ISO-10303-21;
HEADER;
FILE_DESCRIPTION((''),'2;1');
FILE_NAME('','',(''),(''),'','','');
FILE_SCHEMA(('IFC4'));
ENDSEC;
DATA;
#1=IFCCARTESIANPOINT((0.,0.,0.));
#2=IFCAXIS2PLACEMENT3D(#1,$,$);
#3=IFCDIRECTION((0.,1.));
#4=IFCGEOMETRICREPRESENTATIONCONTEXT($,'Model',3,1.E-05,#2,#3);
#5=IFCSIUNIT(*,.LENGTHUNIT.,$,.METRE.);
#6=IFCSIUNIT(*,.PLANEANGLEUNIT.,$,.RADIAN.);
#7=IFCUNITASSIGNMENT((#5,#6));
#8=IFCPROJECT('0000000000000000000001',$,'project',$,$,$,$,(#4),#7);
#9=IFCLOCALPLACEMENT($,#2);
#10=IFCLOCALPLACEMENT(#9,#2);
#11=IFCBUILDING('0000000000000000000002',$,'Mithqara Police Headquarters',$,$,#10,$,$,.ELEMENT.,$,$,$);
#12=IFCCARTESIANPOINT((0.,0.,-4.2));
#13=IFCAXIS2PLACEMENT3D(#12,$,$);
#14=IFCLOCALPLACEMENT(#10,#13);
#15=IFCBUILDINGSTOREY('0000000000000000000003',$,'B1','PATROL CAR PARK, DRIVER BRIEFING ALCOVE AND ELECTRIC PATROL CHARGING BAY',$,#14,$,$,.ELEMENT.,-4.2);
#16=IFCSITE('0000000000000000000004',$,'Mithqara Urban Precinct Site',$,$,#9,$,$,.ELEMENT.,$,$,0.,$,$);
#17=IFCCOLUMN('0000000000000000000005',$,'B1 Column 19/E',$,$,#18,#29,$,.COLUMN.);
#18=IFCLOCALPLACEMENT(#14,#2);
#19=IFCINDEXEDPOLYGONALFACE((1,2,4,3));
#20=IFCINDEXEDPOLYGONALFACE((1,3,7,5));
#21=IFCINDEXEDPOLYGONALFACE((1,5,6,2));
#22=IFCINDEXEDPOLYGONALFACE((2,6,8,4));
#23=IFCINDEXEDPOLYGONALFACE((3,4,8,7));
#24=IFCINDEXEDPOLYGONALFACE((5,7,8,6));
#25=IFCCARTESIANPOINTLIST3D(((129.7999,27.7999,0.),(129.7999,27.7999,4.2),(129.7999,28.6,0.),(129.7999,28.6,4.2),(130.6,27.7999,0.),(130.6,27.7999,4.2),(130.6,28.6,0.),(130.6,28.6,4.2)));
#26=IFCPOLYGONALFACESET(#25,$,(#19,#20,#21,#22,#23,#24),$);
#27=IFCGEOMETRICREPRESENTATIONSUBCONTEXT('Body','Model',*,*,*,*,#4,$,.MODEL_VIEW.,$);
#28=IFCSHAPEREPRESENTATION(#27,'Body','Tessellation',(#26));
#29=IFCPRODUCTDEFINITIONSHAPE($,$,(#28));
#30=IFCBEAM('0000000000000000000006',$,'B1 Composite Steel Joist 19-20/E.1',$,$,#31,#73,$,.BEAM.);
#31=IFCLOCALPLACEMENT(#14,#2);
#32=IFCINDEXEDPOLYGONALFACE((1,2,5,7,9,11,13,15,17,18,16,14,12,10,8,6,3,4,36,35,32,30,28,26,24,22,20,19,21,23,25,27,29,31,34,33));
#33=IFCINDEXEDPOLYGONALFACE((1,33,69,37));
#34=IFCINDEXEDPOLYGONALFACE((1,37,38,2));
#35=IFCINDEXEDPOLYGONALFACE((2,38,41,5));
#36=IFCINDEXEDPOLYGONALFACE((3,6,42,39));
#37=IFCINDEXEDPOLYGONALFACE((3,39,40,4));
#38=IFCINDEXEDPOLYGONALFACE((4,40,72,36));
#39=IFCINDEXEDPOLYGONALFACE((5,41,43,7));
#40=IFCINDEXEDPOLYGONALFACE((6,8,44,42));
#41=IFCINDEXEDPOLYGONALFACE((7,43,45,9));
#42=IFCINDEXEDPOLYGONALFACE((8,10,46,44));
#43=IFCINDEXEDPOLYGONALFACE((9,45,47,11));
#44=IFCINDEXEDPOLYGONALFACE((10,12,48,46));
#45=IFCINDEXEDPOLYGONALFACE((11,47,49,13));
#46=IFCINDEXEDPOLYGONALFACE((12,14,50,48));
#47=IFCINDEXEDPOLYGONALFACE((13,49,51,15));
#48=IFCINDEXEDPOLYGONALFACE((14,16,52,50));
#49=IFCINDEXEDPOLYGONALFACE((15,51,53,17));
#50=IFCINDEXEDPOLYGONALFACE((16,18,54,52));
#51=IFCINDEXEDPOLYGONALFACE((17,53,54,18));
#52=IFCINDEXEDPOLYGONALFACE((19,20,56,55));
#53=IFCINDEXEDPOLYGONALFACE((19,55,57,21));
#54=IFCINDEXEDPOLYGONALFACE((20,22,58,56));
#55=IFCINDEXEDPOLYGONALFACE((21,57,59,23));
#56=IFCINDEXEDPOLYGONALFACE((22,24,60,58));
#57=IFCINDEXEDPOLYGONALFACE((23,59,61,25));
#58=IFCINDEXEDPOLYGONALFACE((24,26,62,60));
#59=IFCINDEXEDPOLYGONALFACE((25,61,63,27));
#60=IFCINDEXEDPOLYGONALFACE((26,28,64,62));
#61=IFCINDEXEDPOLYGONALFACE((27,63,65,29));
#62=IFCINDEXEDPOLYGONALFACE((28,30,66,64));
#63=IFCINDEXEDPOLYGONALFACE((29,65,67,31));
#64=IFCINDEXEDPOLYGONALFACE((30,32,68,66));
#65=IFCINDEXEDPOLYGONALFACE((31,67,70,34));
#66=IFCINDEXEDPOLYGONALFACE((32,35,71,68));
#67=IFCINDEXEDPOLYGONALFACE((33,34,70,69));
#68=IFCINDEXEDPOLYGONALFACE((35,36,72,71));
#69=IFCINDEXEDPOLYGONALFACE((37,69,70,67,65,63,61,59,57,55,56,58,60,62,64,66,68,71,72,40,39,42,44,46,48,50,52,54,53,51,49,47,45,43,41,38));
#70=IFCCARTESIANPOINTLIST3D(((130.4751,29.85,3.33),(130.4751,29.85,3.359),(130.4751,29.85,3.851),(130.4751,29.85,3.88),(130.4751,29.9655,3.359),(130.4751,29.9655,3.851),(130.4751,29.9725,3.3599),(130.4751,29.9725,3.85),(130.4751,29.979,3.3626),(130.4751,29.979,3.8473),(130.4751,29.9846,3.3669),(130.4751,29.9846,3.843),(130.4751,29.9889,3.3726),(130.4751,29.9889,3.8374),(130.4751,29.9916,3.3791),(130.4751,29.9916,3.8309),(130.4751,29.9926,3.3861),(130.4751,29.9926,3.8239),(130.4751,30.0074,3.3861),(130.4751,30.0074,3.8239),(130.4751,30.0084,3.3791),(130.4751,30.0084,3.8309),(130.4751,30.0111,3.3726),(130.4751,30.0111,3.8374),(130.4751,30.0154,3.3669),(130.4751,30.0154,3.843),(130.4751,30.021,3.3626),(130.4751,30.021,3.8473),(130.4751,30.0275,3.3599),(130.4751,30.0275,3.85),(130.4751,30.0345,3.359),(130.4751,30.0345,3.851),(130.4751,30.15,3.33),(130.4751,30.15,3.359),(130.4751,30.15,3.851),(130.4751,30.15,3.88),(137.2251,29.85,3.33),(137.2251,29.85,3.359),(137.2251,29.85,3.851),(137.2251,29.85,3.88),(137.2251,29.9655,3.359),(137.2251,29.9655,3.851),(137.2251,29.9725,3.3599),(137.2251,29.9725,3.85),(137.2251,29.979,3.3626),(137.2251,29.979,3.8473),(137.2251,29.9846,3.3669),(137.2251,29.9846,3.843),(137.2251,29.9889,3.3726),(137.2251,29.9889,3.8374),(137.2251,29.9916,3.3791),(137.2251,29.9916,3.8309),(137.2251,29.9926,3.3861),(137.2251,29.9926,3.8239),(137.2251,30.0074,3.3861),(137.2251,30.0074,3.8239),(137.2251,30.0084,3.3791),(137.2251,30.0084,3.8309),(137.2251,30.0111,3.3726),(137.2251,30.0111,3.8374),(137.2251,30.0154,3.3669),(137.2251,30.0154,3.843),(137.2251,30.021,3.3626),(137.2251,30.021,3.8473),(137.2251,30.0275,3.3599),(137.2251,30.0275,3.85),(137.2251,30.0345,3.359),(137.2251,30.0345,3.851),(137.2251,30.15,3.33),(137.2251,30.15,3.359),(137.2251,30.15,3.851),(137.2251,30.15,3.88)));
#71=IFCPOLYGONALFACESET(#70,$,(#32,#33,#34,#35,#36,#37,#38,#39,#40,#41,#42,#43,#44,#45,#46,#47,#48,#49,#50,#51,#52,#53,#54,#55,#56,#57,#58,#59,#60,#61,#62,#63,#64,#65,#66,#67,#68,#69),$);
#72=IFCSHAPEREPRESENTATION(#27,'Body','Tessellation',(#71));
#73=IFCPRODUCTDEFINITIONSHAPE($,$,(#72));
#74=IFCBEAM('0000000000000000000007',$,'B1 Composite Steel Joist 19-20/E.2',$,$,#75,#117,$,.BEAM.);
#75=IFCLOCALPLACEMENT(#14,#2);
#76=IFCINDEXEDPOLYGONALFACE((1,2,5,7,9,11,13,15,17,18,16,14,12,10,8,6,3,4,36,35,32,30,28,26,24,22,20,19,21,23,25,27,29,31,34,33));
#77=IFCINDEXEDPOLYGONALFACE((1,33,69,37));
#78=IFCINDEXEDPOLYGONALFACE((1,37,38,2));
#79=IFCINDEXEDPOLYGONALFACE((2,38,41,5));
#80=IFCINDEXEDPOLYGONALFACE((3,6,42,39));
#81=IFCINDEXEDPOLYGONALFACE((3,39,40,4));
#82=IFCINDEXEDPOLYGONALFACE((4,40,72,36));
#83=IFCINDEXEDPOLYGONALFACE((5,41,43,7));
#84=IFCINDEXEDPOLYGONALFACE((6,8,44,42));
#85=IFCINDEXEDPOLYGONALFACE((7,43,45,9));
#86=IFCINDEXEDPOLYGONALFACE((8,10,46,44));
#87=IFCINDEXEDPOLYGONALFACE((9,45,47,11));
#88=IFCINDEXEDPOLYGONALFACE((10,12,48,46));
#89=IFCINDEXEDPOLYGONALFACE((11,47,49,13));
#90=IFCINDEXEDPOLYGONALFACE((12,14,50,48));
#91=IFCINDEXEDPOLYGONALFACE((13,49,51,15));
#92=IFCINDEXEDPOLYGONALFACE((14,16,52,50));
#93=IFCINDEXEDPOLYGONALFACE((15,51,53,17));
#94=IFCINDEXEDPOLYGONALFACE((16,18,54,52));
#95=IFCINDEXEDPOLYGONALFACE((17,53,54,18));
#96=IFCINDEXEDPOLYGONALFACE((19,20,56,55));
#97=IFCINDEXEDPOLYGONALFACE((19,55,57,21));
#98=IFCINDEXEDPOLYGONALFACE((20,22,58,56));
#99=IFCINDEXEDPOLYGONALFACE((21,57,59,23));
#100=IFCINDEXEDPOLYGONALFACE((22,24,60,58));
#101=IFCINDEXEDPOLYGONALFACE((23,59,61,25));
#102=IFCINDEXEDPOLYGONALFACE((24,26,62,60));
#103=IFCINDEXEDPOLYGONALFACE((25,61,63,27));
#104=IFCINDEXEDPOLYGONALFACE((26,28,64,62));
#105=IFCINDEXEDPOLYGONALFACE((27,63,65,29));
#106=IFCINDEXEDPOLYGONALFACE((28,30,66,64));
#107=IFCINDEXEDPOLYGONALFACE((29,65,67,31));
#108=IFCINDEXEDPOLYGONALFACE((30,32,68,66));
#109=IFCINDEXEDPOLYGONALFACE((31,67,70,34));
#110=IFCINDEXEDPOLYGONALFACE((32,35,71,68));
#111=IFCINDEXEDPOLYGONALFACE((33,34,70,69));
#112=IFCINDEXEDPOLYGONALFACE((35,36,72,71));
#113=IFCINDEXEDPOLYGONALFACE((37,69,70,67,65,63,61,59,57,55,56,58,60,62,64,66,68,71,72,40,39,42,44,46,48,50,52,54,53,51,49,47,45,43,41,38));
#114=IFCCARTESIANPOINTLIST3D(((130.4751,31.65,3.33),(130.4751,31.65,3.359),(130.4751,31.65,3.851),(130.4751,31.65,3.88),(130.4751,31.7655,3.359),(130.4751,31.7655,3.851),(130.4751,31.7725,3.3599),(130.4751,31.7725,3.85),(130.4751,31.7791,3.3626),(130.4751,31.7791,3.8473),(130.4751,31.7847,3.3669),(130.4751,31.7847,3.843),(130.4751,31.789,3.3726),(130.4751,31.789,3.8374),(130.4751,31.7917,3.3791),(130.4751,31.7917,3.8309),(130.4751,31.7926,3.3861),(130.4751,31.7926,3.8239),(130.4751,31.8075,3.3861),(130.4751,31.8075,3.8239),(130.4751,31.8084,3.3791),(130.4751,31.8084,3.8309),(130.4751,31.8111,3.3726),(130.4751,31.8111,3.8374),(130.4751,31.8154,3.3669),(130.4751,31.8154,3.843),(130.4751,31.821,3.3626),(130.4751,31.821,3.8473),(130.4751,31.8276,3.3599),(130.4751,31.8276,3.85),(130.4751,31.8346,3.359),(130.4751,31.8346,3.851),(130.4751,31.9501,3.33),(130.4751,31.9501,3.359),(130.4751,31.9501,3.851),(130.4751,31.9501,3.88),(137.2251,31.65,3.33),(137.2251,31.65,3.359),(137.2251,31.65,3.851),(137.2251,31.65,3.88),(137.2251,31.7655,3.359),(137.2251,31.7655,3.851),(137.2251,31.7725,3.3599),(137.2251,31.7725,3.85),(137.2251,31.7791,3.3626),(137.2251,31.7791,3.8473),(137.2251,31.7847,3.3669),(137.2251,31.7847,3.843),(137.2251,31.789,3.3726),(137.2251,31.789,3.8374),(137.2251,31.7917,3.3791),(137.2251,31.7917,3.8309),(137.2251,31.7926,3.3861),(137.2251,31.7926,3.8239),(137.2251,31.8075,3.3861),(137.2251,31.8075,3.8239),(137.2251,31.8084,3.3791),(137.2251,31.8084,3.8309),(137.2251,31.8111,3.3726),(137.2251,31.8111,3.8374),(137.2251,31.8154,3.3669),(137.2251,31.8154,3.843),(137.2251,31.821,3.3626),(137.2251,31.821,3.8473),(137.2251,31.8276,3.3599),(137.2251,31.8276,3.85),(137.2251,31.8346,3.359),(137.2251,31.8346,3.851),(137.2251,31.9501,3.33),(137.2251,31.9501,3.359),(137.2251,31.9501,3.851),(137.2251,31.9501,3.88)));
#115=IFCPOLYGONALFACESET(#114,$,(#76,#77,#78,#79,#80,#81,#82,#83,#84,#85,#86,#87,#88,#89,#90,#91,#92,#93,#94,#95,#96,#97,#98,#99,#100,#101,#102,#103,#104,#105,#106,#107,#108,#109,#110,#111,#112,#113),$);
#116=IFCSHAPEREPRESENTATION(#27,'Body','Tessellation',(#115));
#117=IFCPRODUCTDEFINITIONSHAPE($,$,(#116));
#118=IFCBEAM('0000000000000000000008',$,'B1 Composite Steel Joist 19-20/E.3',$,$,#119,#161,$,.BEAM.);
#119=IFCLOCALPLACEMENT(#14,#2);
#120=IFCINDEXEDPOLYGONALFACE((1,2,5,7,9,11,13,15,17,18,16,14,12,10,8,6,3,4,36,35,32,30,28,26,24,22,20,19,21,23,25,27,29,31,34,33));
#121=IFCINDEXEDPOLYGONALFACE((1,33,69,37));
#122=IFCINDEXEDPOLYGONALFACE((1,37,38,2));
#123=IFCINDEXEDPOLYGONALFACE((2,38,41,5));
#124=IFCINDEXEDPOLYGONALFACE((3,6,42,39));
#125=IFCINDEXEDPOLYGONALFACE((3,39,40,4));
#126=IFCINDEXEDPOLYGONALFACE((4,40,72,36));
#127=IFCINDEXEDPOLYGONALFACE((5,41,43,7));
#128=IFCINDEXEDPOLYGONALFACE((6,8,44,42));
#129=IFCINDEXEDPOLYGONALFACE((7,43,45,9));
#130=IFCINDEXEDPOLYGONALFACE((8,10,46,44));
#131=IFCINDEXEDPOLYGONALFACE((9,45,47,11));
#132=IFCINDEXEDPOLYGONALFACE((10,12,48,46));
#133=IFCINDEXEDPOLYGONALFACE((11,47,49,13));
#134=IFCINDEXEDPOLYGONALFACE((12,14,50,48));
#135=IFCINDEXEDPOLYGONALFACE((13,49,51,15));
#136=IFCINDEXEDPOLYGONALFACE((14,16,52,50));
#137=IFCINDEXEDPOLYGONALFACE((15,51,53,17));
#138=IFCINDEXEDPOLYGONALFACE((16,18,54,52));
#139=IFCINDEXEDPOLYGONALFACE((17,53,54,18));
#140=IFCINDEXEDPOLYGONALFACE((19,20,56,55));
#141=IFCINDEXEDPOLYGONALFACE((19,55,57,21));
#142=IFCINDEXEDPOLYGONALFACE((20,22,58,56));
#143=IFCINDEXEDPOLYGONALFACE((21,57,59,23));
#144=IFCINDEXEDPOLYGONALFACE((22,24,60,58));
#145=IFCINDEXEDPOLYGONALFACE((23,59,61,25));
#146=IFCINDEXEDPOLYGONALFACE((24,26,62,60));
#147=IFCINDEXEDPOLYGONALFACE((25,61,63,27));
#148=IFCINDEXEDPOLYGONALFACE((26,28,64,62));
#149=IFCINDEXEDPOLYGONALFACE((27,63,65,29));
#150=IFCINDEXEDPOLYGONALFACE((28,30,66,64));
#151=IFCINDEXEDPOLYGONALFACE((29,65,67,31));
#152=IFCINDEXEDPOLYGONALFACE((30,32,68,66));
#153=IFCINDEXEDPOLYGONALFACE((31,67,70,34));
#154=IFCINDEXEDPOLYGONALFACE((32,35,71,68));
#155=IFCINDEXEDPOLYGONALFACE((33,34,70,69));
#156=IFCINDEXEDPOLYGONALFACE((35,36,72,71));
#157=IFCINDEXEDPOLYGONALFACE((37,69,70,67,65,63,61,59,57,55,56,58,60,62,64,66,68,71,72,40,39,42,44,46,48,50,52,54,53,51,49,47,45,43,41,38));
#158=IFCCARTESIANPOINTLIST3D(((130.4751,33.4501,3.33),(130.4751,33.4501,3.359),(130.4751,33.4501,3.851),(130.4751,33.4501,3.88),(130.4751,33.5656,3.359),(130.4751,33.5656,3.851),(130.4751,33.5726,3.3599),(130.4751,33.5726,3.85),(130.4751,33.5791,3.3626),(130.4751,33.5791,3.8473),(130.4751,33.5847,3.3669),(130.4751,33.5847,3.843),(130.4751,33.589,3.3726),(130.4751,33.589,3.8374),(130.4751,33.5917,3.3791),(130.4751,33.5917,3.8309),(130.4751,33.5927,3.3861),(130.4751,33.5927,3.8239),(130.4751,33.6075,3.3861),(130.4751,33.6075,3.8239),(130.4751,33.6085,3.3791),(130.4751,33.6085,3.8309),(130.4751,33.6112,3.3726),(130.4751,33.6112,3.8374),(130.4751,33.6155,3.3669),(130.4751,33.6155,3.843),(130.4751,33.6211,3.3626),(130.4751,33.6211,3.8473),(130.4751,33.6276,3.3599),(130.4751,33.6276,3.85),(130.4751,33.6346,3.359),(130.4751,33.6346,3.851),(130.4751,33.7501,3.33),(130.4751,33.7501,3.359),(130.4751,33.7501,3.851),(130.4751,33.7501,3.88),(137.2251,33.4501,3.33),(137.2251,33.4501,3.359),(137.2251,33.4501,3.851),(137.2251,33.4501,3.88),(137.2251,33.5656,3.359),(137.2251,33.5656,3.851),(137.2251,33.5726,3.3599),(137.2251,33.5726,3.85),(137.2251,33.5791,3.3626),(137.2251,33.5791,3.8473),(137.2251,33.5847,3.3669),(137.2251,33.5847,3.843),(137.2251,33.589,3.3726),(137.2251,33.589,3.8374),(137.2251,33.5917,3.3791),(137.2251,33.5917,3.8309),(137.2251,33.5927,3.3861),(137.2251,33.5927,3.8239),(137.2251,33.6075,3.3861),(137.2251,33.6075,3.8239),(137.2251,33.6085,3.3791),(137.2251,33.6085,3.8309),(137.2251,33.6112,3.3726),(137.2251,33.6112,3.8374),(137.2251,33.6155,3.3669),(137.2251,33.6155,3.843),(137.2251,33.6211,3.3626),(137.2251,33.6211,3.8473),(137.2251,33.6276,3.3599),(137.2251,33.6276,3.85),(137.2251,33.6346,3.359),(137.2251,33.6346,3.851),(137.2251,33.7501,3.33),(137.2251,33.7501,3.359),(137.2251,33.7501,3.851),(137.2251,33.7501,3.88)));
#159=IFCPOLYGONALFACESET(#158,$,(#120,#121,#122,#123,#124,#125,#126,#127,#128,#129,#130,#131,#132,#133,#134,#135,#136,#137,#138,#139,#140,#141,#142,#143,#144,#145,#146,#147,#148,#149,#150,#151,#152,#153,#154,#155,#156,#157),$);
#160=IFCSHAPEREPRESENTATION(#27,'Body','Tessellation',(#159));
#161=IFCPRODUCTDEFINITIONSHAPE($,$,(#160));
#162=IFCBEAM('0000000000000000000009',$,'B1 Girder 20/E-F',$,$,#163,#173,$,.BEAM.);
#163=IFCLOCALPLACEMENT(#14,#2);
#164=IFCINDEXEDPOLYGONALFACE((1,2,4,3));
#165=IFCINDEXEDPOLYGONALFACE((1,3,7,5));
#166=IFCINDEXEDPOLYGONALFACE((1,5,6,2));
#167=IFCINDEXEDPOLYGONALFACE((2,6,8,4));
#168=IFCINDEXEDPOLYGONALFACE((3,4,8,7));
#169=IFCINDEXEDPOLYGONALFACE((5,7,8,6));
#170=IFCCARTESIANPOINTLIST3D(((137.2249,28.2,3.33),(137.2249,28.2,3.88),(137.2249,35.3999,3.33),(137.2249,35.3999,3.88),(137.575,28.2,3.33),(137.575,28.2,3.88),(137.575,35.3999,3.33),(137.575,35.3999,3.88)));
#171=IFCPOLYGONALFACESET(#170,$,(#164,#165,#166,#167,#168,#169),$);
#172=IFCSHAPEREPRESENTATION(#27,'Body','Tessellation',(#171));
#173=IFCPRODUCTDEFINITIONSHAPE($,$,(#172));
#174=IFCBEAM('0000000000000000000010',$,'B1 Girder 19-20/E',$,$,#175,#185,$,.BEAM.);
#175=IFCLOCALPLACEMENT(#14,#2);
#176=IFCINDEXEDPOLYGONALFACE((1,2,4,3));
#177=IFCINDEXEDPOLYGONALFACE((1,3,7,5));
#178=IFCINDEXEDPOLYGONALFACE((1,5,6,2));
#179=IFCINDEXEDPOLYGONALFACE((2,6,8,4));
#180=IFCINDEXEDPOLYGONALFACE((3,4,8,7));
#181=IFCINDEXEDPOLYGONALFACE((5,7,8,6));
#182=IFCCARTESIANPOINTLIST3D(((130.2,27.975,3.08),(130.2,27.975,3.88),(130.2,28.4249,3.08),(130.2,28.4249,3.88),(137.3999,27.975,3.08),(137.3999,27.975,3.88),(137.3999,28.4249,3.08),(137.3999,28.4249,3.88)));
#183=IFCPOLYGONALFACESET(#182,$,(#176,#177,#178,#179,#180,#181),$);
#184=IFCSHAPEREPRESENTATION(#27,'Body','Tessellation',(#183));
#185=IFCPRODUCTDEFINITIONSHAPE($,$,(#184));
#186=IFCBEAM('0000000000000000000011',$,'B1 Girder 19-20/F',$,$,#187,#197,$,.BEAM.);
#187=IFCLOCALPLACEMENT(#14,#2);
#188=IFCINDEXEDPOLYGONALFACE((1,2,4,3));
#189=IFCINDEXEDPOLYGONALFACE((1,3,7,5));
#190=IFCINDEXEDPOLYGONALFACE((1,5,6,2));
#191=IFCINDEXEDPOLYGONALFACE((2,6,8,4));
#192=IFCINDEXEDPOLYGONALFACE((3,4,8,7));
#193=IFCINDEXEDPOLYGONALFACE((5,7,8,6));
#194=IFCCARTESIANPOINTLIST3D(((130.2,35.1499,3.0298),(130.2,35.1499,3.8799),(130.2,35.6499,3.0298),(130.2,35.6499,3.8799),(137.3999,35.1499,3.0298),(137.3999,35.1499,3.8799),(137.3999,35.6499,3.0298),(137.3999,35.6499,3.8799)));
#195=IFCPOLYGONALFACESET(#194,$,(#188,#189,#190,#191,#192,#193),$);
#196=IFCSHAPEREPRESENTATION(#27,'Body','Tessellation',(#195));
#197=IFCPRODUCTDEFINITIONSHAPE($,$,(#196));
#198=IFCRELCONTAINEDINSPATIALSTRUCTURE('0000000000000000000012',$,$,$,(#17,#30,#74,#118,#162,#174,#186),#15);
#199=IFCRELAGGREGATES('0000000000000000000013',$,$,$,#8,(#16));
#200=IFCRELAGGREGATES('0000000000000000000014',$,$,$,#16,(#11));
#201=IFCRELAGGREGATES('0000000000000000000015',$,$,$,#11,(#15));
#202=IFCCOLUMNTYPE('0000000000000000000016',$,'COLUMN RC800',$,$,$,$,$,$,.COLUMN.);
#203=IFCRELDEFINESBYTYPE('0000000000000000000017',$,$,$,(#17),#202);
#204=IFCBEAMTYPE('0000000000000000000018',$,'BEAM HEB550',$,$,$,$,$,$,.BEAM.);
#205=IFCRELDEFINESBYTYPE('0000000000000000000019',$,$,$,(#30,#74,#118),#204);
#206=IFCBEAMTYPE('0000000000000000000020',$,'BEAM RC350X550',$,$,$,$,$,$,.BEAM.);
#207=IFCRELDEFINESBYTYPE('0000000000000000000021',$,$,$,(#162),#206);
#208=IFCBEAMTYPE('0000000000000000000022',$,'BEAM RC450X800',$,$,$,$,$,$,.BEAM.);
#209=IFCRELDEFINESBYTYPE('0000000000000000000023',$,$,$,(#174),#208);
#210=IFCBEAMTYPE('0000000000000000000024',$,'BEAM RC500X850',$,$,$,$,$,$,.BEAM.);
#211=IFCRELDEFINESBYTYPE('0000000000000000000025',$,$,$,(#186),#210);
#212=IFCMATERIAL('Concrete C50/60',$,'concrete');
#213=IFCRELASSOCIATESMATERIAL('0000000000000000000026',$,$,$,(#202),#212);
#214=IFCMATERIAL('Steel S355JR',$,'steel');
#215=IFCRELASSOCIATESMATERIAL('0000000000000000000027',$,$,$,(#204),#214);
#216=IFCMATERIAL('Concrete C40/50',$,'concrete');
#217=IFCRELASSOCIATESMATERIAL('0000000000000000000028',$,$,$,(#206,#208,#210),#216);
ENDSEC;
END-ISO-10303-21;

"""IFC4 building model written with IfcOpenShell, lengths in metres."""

from ifc_helpers import new_model, si_unit, direction, frame, origin, origin_2d, place, context, subcontext, project, spatial, rectangle, i_section, extrude, material, material_profile, profile_set, type_object, element, save


model = new_model("IFC4")

# Units and contexts
model_context = context("Model", 3, precision=1e-05, world=origin(), true_north=direction((0.0, 1.0)))
body_context = subcontext(model_context, "Body", "Model", "MODEL_VIEW")
ifc_project = project(units=[si_unit("LENGTHUNIT", "METRE"), si_unit("PLANEANGLEUNIT", "RADIAN")], contexts=[model_context])

# Site, building, storey
site_placement = place(None, origin())
site = spatial("IfcSite", under=ifc_project, at=site_placement, Name="Mithqara Urban Precinct Site", CompositionType="ELEMENT", RefElevation=0.0)
building_placement = place(site_placement, origin())
building = spatial("IfcBuilding", under=site, at=building_placement, Name="Mithqara Police Headquarters", CompositionType="ELEMENT")
storey_placement = place(building_placement, frame((0.0, 0.0, -4.2)))
storey = spatial("IfcBuildingStorey", under=building, at=storey_placement, Name="B1", Description="PATROL CAR PARK, DRIVER BRIEFING ALCOVE AND ELECTRIC PATROL CHARGING BAY", CompositionType="ELEMENT", Elevation=-4.2)

# Shared definitions
ifc_material_1 = material(Name="Concrete C40/50", Category="concrete")

# Column
ifc_material_2 = material(Name="Concrete C50/60", Category="concrete")
ifc_material_profile_1 = material_profile(ifc_material_2, rectangle(XDim=0.8, YDim=0.8, at=origin_2d()), Name="RC 800x800")
ifc_profile_set_1 = profile_set([ifc_material_profile_1], Name="Concrete C50/60")
column_type_1 = type_object("IfcColumnType", Name="COLUMN RC800", PredefinedType="COLUMN", material=ifc_profile_set_1)
column_placement = place(storey_placement, frame((130.2, 28.2, 0.0), z_axis=(0.0, 0.0, 1.0), x_axis=(1.0, 0.0, 0.0)))
element("IfcColumn", 1, at=column_placement, inside=storey, type_object=column_type_1, Name="B1 Column 19/E", PredefinedType="COLUMN", context=body_context, shape_type="SweptSolid", body=[
    extrude(rectangle(XDim=0.8, YDim=0.8, at=origin_2d()), origin(), (0.0, 0.0, 1.0), 4.2),
])

# Beams
ifc_material_3 = material(Name="Steel S355JR", Category="steel")
ifc_material_profile_2 = material_profile(ifc_material_3, i_section(OverallWidth=0.3, OverallDepth=0.55, WebThickness=0.0149, FlangeThickness=0.0291, FilletRadius=0.0271, at=origin_2d()), Name="HEB 550")
ifc_profile_set_2 = profile_set([ifc_material_profile_2], Name="Steel S355JR")
beam_type_1 = type_object("IfcBeamType", Name="BEAM HEB550", PredefinedType="BEAM", material=ifc_profile_set_2)
for number, where, z_axis, x_axis, name in (
    (2, (130.4751, 30.0, 3.605), (1.0, 0.0, 0.0), (0.0, 1.0, 0.0), "B1 Composite Steel Joist 19-20/E.1"),
    (3, (130.4751, 31.8, 3.605), (1.0, 0.0, 0.0), (0.0, 1.0, 0.0), "B1 Composite Steel Joist 19-20/E.2"),
    (4, (130.4751, 33.6001, 3.605), (1.0, 0.0, 0.0), (0.0, 1.0, 0.0), "B1 Composite Steel Joist 19-20/E.3"),
):
    element("IfcBeam", number, at=place(storey_placement, frame(where, z_axis=z_axis, x_axis=x_axis)), inside=storey, type_object=beam_type_1, Name=name, PredefinedType="BEAM", context=body_context, shape_type="SweptSolid", body=[
        extrude(i_section(OverallWidth=0.3, OverallDepth=0.55, WebThickness=0.0149, FlangeThickness=0.0291, FilletRadius=0.0271, at=origin_2d()), origin(), (0.0, 0.0, 1.0), 6.75),
    ])
ifc_material_profile_3 = material_profile(ifc_material_1, rectangle(XDim=0.3501, YDim=0.55, at=origin_2d()), Name="RC 350x550")
ifc_profile_set_3 = profile_set([ifc_material_profile_3], Name="Concrete C40/50")
beam_type_2 = type_object("IfcBeamType", Name="BEAM RC350X550", PredefinedType="BEAM", material=ifc_profile_set_3)
beam_1_placement = place(storey_placement, frame((137.3999, 28.2, 3.605), z_axis=(0.0, 1.0, 0.0), x_axis=(-1.0, 0.0, 0.0)))
element("IfcBeam", 5, at=beam_1_placement, inside=storey, type_object=beam_type_2, Name="B1 Girder 20/E-F", PredefinedType="BEAM", context=body_context, shape_type="SweptSolid", body=[
    extrude(rectangle(XDim=0.3501, YDim=0.55, at=origin_2d()), origin(), (0.0, 0.0, 1.0), 7.2),
])
ifc_material_profile_4 = material_profile(ifc_material_1, rectangle(XDim=0.45, YDim=0.8, at=origin_2d()), Name="RC 450x800")
ifc_profile_set_4 = profile_set([ifc_material_profile_4], Name="Concrete C40/50")
beam_type_3 = type_object("IfcBeamType", Name="BEAM RC450X800", PredefinedType="BEAM", material=ifc_profile_set_4)
beam_2_placement = place(storey_placement, frame((130.2, 28.2, 3.48), z_axis=(1.0, 0.0, 0.0), x_axis=(0.0, 1.0, 0.0)))
element("IfcBeam", 6, at=beam_2_placement, inside=storey, type_object=beam_type_3, Name="B1 Girder 19-20/E", PredefinedType="BEAM", context=body_context, shape_type="SweptSolid", body=[
    extrude(rectangle(XDim=0.45, YDim=0.8, at=origin_2d()), origin(), (0.0, 0.0, 1.0), 7.2),
])
ifc_material_profile_5 = material_profile(ifc_material_1, rectangle(XDim=0.5, YDim=0.8501, at=origin_2d()), Name="RC 500x850")
ifc_profile_set_5 = profile_set([ifc_material_profile_5], Name="Concrete C40/50")
beam_type_4 = type_object("IfcBeamType", Name="BEAM RC500X850", PredefinedType="BEAM", material=ifc_profile_set_5)
beam_3_placement = place(storey_placement, frame((130.2, 35.3999, 3.4548), z_axis=(1.0, 0.0, 0.0), x_axis=(0.0, 1.0, 0.0)))
element("IfcBeam", 7, at=beam_3_placement, inside=storey, type_object=beam_type_4, Name="B1 Girder 19-20/F", PredefinedType="BEAM", context=body_context, shape_type="SweptSolid", body=[
    extrude(rectangle(XDim=0.5, YDim=0.8501, at=origin_2d()), origin(), (0.0, 0.0, 1.0), 7.2),
])

save(model, "model.ifc")
